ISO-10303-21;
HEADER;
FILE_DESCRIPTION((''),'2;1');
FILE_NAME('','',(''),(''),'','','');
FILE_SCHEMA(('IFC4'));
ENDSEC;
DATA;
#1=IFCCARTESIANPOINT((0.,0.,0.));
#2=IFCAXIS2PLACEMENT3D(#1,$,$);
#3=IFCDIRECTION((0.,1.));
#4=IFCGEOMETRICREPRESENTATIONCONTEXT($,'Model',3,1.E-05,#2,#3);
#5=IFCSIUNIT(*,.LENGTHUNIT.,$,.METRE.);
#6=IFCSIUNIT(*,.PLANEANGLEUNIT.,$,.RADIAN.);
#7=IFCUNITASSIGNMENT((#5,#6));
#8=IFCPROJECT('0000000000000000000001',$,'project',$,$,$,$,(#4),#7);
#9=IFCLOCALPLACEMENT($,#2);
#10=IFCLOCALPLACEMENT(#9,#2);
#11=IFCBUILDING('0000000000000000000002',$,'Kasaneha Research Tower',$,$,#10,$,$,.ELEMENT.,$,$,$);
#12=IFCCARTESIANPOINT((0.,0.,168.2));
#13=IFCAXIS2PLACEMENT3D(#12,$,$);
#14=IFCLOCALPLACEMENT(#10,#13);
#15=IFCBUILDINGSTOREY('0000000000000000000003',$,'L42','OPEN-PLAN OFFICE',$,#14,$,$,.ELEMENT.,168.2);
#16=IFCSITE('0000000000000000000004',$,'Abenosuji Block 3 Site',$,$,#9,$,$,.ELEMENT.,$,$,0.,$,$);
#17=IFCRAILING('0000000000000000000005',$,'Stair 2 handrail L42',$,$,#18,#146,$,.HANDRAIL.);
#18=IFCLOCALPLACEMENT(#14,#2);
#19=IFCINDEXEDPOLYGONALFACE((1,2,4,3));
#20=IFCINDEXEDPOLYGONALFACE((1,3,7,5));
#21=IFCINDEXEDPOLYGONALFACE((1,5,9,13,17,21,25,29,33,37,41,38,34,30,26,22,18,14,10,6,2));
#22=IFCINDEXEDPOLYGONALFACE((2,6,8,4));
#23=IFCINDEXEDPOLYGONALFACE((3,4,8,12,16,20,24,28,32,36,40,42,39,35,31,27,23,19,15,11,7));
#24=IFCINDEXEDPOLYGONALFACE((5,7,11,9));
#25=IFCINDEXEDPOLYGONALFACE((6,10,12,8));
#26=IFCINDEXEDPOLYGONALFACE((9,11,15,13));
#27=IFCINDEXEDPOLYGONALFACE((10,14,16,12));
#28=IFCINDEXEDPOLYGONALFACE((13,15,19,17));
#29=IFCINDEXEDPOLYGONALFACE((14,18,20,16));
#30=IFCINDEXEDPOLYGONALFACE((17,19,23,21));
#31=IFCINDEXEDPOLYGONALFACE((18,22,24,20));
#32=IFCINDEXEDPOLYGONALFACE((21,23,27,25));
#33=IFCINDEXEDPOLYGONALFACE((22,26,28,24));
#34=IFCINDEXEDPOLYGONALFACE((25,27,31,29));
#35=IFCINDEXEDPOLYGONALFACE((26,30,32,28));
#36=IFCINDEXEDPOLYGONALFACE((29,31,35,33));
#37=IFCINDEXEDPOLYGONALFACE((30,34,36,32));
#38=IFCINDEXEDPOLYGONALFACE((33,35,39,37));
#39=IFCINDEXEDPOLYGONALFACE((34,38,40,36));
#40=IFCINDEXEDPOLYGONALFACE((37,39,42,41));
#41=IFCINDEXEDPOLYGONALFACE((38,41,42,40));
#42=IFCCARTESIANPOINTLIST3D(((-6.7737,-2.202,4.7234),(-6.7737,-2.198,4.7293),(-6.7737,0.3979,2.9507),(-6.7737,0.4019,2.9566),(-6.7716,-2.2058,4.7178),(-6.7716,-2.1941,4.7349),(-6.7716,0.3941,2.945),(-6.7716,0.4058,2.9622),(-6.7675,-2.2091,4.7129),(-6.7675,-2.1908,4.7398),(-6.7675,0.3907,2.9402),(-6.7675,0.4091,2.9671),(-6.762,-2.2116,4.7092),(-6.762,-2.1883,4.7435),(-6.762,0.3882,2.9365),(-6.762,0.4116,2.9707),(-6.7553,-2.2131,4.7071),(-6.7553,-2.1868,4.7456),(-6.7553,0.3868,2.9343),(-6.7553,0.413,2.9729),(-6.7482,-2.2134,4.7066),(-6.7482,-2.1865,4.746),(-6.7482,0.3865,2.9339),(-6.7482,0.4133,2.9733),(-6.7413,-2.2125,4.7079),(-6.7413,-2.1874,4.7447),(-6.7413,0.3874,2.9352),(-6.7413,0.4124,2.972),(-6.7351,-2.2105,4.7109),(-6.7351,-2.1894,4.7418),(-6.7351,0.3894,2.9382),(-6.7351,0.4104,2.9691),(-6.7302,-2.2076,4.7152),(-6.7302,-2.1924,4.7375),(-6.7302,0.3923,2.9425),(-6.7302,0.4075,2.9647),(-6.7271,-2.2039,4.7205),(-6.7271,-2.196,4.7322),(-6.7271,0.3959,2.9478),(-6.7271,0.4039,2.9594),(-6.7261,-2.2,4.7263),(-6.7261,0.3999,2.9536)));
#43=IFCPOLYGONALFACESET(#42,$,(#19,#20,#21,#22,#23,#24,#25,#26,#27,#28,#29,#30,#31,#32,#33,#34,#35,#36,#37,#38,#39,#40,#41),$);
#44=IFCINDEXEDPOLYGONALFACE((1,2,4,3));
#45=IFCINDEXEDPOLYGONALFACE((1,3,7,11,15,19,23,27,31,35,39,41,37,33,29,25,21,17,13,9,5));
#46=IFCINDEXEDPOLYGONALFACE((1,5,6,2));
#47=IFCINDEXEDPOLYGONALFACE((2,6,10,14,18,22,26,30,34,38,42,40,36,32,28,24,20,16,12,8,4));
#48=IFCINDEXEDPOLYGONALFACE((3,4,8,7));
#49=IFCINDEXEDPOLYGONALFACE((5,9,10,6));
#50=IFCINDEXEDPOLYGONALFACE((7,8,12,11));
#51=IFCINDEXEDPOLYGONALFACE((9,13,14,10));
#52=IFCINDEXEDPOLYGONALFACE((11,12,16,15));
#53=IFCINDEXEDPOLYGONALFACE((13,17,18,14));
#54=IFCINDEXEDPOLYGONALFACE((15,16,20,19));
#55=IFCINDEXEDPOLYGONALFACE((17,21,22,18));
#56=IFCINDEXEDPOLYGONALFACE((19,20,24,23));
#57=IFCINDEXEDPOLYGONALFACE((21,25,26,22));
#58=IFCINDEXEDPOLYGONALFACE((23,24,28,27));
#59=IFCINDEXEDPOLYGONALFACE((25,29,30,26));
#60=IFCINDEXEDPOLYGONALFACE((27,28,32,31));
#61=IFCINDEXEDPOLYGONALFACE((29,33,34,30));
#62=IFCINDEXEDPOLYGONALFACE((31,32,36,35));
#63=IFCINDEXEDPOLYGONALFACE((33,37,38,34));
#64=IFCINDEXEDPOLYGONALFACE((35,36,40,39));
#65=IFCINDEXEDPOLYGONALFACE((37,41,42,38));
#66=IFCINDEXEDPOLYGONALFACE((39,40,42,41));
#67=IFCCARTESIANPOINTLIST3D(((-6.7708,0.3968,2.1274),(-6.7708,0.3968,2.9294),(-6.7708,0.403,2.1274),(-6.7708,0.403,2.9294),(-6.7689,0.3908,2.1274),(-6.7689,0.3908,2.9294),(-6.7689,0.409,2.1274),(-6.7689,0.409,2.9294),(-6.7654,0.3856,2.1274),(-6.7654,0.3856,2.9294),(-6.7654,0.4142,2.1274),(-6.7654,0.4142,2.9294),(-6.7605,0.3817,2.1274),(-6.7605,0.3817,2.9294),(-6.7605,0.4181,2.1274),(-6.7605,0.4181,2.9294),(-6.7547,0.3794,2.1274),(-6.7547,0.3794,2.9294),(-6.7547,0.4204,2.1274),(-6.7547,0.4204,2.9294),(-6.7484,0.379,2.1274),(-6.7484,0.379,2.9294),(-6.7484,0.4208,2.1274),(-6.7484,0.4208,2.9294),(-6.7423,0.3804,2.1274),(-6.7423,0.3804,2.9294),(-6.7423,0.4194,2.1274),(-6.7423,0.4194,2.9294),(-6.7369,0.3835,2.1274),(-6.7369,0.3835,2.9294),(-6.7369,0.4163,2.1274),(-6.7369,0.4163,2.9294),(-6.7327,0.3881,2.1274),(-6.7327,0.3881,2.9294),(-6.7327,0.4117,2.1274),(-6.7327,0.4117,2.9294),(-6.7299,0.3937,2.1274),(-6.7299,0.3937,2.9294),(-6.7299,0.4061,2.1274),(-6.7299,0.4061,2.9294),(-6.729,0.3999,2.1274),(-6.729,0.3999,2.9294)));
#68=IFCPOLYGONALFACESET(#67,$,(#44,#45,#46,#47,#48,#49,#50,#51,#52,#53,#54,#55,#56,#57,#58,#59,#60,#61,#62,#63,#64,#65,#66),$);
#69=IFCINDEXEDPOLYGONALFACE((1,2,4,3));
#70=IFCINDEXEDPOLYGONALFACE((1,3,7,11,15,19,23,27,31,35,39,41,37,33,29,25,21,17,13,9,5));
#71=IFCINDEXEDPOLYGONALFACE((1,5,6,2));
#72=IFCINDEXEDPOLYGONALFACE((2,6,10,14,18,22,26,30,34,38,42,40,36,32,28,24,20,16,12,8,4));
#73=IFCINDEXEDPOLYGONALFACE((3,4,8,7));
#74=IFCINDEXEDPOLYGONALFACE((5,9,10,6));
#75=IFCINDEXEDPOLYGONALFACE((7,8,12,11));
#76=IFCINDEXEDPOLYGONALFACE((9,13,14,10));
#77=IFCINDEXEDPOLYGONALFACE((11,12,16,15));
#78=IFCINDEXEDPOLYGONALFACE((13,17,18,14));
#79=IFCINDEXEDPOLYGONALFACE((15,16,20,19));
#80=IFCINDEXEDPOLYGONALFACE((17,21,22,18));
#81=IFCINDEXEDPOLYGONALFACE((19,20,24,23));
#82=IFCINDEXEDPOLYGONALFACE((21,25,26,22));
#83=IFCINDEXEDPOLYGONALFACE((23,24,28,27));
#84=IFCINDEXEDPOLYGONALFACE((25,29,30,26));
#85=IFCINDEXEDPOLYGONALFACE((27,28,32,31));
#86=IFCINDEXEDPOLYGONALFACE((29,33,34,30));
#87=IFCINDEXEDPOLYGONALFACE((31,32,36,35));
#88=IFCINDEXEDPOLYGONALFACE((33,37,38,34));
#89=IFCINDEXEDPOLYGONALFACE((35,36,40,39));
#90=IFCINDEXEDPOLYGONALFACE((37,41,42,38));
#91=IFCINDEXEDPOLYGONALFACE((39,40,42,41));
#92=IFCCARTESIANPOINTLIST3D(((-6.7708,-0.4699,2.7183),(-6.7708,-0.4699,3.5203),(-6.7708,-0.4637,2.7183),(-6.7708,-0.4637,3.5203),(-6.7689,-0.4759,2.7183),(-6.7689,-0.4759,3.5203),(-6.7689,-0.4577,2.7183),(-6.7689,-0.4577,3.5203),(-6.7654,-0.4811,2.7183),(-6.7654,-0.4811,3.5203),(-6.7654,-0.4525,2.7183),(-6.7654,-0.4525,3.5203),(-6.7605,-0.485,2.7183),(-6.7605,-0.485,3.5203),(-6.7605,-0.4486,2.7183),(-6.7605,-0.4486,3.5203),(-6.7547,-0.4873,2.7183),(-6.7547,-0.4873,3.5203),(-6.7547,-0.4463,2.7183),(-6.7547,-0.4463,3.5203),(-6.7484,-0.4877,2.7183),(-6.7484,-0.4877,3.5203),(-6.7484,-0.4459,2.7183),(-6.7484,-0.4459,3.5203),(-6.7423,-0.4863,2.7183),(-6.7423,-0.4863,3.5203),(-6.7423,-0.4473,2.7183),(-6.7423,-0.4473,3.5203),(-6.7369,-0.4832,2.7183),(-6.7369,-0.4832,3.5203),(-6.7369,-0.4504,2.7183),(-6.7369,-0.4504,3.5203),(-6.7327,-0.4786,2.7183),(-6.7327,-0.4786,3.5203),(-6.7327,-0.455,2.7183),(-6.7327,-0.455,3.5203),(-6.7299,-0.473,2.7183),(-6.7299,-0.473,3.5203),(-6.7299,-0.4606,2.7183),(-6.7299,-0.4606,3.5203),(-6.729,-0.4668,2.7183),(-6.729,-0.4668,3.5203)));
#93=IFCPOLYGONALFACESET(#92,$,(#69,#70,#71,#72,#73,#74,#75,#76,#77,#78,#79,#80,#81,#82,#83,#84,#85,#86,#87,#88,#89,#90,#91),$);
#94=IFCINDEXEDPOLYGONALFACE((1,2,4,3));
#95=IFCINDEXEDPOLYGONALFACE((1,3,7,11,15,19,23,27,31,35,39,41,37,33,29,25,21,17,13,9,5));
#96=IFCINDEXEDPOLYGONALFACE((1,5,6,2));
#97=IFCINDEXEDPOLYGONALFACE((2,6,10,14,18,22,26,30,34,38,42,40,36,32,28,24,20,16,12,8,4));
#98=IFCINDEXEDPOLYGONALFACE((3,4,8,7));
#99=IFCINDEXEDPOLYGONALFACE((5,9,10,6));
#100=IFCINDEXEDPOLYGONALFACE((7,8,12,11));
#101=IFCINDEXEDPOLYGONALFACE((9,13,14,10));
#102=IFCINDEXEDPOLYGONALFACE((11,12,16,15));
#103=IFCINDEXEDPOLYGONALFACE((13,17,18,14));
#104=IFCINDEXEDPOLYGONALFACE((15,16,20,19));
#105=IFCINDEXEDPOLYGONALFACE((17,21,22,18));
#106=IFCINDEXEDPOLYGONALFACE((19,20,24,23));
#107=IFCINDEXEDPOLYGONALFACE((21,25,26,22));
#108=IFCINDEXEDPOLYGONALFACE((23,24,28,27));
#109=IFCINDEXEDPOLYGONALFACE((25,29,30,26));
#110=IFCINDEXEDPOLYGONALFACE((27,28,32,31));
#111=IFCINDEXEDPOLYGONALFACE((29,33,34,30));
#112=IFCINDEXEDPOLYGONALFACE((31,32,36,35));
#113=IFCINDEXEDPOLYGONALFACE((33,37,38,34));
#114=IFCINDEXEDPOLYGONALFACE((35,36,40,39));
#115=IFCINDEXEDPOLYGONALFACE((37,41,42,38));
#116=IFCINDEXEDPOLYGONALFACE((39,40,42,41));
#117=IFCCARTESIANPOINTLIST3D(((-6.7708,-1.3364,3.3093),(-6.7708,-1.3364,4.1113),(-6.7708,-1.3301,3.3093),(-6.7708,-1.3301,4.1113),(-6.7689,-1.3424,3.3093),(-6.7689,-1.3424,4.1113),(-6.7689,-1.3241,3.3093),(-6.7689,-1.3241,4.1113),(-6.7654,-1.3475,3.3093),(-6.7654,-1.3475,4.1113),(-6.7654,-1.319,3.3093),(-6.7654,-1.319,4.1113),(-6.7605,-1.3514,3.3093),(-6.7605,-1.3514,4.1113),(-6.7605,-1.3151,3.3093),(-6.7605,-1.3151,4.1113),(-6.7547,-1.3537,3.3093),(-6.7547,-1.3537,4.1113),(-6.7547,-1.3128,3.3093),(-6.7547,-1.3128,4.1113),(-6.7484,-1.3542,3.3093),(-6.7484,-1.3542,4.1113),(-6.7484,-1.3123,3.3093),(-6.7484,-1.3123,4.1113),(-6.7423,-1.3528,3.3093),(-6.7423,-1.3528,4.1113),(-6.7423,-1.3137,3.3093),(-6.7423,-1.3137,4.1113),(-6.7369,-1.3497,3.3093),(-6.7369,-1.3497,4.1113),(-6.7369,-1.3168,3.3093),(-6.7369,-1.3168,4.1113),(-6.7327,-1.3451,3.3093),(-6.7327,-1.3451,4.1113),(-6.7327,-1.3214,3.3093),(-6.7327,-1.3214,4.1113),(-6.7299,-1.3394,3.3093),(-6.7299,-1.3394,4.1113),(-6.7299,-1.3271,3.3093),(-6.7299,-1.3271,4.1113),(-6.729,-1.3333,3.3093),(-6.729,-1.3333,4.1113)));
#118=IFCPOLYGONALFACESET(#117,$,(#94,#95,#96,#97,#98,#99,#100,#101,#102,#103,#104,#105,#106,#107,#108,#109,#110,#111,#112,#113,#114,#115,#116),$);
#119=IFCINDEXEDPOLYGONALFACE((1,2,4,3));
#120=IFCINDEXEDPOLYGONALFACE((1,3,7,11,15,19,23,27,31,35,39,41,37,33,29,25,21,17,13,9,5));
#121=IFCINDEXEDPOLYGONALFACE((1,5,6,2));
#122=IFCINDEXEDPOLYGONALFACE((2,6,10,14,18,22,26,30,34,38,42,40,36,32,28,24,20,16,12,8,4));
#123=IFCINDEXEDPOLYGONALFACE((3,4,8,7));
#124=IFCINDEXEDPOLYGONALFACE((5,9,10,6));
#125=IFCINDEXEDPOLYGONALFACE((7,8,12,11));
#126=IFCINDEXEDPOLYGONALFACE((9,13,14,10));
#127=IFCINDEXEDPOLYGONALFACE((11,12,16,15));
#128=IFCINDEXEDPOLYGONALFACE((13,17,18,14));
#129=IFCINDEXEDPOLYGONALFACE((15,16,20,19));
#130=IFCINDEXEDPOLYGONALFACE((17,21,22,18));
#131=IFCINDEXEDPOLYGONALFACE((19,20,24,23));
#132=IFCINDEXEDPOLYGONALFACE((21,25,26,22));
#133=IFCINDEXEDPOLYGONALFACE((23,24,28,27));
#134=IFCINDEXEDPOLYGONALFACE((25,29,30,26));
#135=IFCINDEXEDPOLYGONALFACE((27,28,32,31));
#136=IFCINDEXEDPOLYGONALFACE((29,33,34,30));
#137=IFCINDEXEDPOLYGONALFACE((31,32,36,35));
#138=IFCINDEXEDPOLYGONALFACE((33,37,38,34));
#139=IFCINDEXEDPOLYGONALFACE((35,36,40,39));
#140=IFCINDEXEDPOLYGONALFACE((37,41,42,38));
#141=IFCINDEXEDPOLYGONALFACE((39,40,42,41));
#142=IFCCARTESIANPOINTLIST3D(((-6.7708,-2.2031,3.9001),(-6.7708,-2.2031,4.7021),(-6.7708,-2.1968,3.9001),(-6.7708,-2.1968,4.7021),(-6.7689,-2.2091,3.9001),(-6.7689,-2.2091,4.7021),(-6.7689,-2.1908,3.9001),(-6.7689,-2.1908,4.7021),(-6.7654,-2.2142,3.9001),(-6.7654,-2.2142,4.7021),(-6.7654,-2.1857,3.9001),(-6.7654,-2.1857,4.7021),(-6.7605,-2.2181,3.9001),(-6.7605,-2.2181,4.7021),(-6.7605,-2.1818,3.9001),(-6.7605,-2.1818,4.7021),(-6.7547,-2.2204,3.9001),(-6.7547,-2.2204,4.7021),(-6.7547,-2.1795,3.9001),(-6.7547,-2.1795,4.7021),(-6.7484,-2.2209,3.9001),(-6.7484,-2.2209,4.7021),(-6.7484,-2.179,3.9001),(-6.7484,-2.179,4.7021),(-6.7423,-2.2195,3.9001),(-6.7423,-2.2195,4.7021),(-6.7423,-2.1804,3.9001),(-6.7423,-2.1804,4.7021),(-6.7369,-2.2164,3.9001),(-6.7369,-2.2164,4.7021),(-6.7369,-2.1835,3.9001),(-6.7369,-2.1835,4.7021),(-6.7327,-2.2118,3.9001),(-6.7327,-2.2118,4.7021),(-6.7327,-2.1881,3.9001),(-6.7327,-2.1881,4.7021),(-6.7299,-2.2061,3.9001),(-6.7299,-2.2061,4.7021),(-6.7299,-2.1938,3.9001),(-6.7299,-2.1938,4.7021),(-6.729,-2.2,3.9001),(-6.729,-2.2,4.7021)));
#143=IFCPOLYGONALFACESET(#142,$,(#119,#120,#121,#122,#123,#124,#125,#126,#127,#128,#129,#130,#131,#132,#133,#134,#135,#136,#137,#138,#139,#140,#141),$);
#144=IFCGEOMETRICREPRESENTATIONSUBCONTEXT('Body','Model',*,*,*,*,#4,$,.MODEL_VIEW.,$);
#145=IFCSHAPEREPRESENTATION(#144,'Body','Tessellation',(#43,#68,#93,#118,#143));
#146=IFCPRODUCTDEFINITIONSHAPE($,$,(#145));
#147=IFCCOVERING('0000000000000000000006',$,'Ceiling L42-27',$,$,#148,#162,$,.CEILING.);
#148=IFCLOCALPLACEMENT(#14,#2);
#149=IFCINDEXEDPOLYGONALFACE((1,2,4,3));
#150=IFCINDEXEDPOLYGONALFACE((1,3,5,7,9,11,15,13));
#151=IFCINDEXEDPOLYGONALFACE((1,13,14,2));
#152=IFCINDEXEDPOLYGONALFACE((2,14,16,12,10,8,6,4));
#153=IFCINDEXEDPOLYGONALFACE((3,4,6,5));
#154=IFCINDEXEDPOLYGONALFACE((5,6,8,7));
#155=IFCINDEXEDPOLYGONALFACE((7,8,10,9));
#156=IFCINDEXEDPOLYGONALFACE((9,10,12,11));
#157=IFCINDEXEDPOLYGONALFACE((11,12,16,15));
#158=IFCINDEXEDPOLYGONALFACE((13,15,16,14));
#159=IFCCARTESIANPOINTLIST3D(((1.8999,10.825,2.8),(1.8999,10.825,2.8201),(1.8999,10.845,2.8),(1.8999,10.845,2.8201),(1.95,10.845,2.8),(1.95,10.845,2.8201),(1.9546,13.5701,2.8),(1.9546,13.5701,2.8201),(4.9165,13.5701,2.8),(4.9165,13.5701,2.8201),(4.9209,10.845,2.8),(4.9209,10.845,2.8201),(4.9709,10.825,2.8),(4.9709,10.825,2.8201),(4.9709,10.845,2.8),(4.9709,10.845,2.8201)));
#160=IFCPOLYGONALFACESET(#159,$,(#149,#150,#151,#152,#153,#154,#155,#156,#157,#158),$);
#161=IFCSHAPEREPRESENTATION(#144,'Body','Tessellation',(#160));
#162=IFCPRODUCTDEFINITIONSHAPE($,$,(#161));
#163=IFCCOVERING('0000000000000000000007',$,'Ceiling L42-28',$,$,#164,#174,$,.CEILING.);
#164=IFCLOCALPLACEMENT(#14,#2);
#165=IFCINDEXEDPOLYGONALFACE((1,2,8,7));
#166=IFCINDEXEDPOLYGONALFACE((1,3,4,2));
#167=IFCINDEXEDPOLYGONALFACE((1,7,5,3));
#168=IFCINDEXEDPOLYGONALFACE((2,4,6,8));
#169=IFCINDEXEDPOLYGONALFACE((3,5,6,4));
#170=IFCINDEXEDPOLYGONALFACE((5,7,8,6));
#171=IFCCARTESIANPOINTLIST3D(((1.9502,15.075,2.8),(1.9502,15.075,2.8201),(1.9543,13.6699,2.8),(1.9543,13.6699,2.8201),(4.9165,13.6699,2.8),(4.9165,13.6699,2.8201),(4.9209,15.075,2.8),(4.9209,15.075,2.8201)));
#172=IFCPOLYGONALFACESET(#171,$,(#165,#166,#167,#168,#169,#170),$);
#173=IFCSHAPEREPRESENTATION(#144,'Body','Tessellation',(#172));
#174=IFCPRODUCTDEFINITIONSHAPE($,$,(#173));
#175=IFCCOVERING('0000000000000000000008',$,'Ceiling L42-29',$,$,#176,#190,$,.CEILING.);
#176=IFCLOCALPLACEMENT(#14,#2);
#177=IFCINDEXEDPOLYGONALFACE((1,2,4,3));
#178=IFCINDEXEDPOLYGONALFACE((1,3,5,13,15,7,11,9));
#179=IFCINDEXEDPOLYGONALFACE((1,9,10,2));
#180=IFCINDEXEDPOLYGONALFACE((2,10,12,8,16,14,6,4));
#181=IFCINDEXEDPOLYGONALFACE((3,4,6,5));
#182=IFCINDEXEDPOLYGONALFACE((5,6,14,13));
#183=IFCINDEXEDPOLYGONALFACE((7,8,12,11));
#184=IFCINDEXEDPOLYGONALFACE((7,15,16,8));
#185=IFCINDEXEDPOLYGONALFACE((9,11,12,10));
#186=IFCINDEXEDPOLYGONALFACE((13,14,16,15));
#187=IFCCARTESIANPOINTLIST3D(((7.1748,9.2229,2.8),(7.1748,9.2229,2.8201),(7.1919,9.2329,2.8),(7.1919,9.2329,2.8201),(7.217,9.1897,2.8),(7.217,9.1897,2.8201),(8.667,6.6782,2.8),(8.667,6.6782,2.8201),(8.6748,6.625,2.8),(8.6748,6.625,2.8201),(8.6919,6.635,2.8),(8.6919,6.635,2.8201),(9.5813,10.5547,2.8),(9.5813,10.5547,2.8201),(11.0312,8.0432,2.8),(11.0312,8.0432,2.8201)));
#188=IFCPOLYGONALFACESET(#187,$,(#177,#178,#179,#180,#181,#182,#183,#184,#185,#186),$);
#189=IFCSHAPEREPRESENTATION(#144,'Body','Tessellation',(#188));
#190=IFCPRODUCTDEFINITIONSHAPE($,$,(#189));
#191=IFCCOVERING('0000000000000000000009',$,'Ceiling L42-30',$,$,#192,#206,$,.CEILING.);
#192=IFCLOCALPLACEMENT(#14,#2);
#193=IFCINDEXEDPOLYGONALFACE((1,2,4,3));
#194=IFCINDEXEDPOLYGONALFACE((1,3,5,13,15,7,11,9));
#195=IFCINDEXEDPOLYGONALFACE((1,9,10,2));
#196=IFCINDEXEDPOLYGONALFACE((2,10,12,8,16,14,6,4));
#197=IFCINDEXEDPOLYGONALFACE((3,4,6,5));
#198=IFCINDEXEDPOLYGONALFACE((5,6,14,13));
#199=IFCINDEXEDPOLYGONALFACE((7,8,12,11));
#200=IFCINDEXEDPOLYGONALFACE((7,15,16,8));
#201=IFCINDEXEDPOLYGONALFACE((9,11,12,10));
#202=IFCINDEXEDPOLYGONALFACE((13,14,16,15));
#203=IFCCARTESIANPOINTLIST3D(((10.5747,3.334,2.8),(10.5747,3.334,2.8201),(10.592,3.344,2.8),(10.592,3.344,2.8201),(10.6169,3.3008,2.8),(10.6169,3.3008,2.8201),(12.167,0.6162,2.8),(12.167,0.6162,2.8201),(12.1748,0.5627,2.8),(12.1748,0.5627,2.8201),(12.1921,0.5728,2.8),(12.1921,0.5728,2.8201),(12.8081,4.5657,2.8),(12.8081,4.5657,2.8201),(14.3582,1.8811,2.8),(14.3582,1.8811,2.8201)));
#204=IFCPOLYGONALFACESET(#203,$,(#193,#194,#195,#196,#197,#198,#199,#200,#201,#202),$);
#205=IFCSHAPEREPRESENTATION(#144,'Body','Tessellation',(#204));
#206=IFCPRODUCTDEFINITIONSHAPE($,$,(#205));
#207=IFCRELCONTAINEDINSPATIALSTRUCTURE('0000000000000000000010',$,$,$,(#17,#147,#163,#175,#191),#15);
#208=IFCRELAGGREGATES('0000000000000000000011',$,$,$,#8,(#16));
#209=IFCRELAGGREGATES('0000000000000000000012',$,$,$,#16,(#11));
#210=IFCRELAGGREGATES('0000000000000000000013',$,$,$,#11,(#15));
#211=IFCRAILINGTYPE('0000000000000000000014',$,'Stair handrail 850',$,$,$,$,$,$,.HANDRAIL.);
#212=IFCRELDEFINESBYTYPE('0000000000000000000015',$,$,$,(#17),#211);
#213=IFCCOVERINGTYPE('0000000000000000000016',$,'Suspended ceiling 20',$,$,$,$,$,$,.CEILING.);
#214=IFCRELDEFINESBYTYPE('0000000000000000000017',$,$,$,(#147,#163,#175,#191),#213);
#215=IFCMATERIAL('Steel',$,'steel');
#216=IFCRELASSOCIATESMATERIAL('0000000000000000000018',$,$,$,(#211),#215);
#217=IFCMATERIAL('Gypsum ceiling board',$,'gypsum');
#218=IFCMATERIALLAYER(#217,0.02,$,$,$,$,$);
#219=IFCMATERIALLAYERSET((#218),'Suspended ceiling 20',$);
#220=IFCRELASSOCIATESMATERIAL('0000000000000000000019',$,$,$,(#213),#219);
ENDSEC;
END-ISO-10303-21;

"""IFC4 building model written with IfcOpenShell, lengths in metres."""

from ifc_helpers import new_model, si_unit, direction, frame, origin, origin_2d, place, context, subcontext, project, spatial, polyline, circle, outline, extrude, material, layer, layer_set, type_object, element, save


model = new_model("IFC4")

# Units and contexts
model_context = context("Model", 3, precision=1e-05, world=origin(), true_north=direction((0.0, 1.0)))
body_context = subcontext(model_context, "Body", "Model", "MODEL_VIEW")
ifc_project = project(units=[si_unit("LENGTHUNIT", "METRE"), si_unit("PLANEANGLEUNIT", "RADIAN")], contexts=[model_context])

# Site, building, storey
site_placement = place(None, origin())
site = spatial("IfcSite", under=ifc_project, at=site_placement, Name="Abenosuji Block 3 Site", CompositionType="ELEMENT", RefElevation=0.0)
building_placement = place(site_placement, origin())
building = spatial("IfcBuilding", under=site, at=building_placement, Name="Kasaneha Research Tower", CompositionType="ELEMENT")
storey_placement = place(building_placement, frame((0.0, 0.0, 168.2)))
storey = spatial("IfcBuildingStorey", under=building, at=storey_placement, Name="L42", Description="OPEN-PLAN OFFICE", CompositionType="ELEMENT", Elevation=168.2)

# Railing
ifc_material_1 = material(Name="Steel", Category="steel")
railing_type_1 = type_object("IfcRailingType", Name="Stair handrail 850", PredefinedType="HANDRAIL", material=ifc_material_1)
railing_1_placement = place(storey_placement, frame((-6.75, 0.3999, 2.1274)))
element("IfcRailing", 1, at=railing_1_placement, inside=storey, type_object=railing_type_1, Name="Stair 2 handrail L42", PredefinedType="HANDRAIL", context=body_context, shape_type="SweptSolid", body=[
    extrude(circle(Radius=0.0239, at=origin_2d()), frame((0.0, 0.0, 0.8262), z_axis=(0.0, -0.826216, 0.563354), x_axis=(1.0, 0.0, 0.0)), (0.0, 0.0, 1.0), 3.1467),
    extrude(circle(Radius=0.021, at=origin_2d()), origin(), (0.0, 0.0, 1.0), 0.802),
    extrude(circle(Radius=0.021, at=origin_2d()), frame((0.0, -0.8667, 0.5908)), (0.0, 0.0, 1.0), 0.802),
    extrude(circle(Radius=0.021, at=origin_2d()), frame((0.0, -1.7332, 1.1819)), (0.0, 0.0, 1.0), 0.802),
    extrude(circle(Radius=0.021, at=origin_2d()), frame((0.0, -2.5999, 1.7727)), (0.0, 0.0, 1.0), 0.802),
])

# Coverings
ifc_material_2 = material(Name="Gypsum ceiling board", Category="gypsum")
ifc_layer_1 = layer(ifc_material_2, 0.02)
ifc_layer_set_1 = layer_set([ifc_layer_1], Name="Suspended ceiling 20")
covering_type_1 = type_object("IfcCoveringType", Name="Suspended ceiling 20", PredefinedType="CEILING", material=ifc_layer_set_1)
covering_1_placement = place(storey_placement, frame((0.0, 0.0, 2.8)))
element("IfcCovering", 2, at=covering_1_placement, inside=storey, type_object=covering_type_1, Name="Ceiling L42-27", PredefinedType="CEILING", context=body_context, shape_type="SweptSolid", body=[
    extrude(outline(polyline([(1.8999, 10.825), (1.8999, 10.845), (1.95, 10.845), (1.9546, 13.5701), (4.9165, 13.5701), (4.9209, 10.845), (4.9709, 10.845), (4.9709, 10.825), (1.8999, 10.825)])), origin(), (0.0, 0.0, 1.0), 0.02),
])
covering_2_placement = place(storey_placement, frame((0.0, 0.0, 2.8)))
element("IfcCovering", 3, at=covering_2_placement, inside=storey, type_object=covering_type_1, Name="Ceiling L42-28", PredefinedType="CEILING", context=body_context, shape_type="SweptSolid", body=[
    extrude(outline(polyline([(4.9165, 13.6699), (1.9543, 13.6699), (1.9502, 15.075), (4.9209, 15.075), (4.9165, 13.6699)])), origin(), (0.0, 0.0, 1.0), 0.02),
])
covering_3_placement = place(storey_placement, frame((0.0, 0.0, 2.8)))
element("IfcCovering", 4, at=covering_3_placement, inside=storey, type_object=covering_type_1, Name="Ceiling L42-29", PredefinedType="CEILING", context=body_context, shape_type="SweptSolid", body=[
    extrude(outline(polyline([(7.1748, 9.2229), (7.1919, 9.2329), (7.217, 9.1897), (9.5813, 10.5547), (11.0312, 8.0432), (8.667, 6.6782), (8.6919, 6.635), (8.6748, 6.625), (7.1748, 9.2229)])), origin(), (0.0, 0.0, 1.0), 0.02),
])
covering_4_placement = place(storey_placement, frame((0.0, 0.0, 2.8)))
element("IfcCovering", 5, at=covering_4_placement, inside=storey, type_object=covering_type_1, Name="Ceiling L42-30", PredefinedType="CEILING", context=body_context, shape_type="SweptSolid", body=[
    extrude(outline(polyline([(10.5747, 3.334), (10.592, 3.344), (10.6169, 3.3008), (12.8081, 4.5657), (14.3582, 1.8811), (12.167, 0.6162), (12.1921, 0.5728), (12.1748, 0.5627), (10.5747, 3.334)])), origin(), (0.0, 0.0, 1.0), 0.02),
])

save(model, "model.ifc")
